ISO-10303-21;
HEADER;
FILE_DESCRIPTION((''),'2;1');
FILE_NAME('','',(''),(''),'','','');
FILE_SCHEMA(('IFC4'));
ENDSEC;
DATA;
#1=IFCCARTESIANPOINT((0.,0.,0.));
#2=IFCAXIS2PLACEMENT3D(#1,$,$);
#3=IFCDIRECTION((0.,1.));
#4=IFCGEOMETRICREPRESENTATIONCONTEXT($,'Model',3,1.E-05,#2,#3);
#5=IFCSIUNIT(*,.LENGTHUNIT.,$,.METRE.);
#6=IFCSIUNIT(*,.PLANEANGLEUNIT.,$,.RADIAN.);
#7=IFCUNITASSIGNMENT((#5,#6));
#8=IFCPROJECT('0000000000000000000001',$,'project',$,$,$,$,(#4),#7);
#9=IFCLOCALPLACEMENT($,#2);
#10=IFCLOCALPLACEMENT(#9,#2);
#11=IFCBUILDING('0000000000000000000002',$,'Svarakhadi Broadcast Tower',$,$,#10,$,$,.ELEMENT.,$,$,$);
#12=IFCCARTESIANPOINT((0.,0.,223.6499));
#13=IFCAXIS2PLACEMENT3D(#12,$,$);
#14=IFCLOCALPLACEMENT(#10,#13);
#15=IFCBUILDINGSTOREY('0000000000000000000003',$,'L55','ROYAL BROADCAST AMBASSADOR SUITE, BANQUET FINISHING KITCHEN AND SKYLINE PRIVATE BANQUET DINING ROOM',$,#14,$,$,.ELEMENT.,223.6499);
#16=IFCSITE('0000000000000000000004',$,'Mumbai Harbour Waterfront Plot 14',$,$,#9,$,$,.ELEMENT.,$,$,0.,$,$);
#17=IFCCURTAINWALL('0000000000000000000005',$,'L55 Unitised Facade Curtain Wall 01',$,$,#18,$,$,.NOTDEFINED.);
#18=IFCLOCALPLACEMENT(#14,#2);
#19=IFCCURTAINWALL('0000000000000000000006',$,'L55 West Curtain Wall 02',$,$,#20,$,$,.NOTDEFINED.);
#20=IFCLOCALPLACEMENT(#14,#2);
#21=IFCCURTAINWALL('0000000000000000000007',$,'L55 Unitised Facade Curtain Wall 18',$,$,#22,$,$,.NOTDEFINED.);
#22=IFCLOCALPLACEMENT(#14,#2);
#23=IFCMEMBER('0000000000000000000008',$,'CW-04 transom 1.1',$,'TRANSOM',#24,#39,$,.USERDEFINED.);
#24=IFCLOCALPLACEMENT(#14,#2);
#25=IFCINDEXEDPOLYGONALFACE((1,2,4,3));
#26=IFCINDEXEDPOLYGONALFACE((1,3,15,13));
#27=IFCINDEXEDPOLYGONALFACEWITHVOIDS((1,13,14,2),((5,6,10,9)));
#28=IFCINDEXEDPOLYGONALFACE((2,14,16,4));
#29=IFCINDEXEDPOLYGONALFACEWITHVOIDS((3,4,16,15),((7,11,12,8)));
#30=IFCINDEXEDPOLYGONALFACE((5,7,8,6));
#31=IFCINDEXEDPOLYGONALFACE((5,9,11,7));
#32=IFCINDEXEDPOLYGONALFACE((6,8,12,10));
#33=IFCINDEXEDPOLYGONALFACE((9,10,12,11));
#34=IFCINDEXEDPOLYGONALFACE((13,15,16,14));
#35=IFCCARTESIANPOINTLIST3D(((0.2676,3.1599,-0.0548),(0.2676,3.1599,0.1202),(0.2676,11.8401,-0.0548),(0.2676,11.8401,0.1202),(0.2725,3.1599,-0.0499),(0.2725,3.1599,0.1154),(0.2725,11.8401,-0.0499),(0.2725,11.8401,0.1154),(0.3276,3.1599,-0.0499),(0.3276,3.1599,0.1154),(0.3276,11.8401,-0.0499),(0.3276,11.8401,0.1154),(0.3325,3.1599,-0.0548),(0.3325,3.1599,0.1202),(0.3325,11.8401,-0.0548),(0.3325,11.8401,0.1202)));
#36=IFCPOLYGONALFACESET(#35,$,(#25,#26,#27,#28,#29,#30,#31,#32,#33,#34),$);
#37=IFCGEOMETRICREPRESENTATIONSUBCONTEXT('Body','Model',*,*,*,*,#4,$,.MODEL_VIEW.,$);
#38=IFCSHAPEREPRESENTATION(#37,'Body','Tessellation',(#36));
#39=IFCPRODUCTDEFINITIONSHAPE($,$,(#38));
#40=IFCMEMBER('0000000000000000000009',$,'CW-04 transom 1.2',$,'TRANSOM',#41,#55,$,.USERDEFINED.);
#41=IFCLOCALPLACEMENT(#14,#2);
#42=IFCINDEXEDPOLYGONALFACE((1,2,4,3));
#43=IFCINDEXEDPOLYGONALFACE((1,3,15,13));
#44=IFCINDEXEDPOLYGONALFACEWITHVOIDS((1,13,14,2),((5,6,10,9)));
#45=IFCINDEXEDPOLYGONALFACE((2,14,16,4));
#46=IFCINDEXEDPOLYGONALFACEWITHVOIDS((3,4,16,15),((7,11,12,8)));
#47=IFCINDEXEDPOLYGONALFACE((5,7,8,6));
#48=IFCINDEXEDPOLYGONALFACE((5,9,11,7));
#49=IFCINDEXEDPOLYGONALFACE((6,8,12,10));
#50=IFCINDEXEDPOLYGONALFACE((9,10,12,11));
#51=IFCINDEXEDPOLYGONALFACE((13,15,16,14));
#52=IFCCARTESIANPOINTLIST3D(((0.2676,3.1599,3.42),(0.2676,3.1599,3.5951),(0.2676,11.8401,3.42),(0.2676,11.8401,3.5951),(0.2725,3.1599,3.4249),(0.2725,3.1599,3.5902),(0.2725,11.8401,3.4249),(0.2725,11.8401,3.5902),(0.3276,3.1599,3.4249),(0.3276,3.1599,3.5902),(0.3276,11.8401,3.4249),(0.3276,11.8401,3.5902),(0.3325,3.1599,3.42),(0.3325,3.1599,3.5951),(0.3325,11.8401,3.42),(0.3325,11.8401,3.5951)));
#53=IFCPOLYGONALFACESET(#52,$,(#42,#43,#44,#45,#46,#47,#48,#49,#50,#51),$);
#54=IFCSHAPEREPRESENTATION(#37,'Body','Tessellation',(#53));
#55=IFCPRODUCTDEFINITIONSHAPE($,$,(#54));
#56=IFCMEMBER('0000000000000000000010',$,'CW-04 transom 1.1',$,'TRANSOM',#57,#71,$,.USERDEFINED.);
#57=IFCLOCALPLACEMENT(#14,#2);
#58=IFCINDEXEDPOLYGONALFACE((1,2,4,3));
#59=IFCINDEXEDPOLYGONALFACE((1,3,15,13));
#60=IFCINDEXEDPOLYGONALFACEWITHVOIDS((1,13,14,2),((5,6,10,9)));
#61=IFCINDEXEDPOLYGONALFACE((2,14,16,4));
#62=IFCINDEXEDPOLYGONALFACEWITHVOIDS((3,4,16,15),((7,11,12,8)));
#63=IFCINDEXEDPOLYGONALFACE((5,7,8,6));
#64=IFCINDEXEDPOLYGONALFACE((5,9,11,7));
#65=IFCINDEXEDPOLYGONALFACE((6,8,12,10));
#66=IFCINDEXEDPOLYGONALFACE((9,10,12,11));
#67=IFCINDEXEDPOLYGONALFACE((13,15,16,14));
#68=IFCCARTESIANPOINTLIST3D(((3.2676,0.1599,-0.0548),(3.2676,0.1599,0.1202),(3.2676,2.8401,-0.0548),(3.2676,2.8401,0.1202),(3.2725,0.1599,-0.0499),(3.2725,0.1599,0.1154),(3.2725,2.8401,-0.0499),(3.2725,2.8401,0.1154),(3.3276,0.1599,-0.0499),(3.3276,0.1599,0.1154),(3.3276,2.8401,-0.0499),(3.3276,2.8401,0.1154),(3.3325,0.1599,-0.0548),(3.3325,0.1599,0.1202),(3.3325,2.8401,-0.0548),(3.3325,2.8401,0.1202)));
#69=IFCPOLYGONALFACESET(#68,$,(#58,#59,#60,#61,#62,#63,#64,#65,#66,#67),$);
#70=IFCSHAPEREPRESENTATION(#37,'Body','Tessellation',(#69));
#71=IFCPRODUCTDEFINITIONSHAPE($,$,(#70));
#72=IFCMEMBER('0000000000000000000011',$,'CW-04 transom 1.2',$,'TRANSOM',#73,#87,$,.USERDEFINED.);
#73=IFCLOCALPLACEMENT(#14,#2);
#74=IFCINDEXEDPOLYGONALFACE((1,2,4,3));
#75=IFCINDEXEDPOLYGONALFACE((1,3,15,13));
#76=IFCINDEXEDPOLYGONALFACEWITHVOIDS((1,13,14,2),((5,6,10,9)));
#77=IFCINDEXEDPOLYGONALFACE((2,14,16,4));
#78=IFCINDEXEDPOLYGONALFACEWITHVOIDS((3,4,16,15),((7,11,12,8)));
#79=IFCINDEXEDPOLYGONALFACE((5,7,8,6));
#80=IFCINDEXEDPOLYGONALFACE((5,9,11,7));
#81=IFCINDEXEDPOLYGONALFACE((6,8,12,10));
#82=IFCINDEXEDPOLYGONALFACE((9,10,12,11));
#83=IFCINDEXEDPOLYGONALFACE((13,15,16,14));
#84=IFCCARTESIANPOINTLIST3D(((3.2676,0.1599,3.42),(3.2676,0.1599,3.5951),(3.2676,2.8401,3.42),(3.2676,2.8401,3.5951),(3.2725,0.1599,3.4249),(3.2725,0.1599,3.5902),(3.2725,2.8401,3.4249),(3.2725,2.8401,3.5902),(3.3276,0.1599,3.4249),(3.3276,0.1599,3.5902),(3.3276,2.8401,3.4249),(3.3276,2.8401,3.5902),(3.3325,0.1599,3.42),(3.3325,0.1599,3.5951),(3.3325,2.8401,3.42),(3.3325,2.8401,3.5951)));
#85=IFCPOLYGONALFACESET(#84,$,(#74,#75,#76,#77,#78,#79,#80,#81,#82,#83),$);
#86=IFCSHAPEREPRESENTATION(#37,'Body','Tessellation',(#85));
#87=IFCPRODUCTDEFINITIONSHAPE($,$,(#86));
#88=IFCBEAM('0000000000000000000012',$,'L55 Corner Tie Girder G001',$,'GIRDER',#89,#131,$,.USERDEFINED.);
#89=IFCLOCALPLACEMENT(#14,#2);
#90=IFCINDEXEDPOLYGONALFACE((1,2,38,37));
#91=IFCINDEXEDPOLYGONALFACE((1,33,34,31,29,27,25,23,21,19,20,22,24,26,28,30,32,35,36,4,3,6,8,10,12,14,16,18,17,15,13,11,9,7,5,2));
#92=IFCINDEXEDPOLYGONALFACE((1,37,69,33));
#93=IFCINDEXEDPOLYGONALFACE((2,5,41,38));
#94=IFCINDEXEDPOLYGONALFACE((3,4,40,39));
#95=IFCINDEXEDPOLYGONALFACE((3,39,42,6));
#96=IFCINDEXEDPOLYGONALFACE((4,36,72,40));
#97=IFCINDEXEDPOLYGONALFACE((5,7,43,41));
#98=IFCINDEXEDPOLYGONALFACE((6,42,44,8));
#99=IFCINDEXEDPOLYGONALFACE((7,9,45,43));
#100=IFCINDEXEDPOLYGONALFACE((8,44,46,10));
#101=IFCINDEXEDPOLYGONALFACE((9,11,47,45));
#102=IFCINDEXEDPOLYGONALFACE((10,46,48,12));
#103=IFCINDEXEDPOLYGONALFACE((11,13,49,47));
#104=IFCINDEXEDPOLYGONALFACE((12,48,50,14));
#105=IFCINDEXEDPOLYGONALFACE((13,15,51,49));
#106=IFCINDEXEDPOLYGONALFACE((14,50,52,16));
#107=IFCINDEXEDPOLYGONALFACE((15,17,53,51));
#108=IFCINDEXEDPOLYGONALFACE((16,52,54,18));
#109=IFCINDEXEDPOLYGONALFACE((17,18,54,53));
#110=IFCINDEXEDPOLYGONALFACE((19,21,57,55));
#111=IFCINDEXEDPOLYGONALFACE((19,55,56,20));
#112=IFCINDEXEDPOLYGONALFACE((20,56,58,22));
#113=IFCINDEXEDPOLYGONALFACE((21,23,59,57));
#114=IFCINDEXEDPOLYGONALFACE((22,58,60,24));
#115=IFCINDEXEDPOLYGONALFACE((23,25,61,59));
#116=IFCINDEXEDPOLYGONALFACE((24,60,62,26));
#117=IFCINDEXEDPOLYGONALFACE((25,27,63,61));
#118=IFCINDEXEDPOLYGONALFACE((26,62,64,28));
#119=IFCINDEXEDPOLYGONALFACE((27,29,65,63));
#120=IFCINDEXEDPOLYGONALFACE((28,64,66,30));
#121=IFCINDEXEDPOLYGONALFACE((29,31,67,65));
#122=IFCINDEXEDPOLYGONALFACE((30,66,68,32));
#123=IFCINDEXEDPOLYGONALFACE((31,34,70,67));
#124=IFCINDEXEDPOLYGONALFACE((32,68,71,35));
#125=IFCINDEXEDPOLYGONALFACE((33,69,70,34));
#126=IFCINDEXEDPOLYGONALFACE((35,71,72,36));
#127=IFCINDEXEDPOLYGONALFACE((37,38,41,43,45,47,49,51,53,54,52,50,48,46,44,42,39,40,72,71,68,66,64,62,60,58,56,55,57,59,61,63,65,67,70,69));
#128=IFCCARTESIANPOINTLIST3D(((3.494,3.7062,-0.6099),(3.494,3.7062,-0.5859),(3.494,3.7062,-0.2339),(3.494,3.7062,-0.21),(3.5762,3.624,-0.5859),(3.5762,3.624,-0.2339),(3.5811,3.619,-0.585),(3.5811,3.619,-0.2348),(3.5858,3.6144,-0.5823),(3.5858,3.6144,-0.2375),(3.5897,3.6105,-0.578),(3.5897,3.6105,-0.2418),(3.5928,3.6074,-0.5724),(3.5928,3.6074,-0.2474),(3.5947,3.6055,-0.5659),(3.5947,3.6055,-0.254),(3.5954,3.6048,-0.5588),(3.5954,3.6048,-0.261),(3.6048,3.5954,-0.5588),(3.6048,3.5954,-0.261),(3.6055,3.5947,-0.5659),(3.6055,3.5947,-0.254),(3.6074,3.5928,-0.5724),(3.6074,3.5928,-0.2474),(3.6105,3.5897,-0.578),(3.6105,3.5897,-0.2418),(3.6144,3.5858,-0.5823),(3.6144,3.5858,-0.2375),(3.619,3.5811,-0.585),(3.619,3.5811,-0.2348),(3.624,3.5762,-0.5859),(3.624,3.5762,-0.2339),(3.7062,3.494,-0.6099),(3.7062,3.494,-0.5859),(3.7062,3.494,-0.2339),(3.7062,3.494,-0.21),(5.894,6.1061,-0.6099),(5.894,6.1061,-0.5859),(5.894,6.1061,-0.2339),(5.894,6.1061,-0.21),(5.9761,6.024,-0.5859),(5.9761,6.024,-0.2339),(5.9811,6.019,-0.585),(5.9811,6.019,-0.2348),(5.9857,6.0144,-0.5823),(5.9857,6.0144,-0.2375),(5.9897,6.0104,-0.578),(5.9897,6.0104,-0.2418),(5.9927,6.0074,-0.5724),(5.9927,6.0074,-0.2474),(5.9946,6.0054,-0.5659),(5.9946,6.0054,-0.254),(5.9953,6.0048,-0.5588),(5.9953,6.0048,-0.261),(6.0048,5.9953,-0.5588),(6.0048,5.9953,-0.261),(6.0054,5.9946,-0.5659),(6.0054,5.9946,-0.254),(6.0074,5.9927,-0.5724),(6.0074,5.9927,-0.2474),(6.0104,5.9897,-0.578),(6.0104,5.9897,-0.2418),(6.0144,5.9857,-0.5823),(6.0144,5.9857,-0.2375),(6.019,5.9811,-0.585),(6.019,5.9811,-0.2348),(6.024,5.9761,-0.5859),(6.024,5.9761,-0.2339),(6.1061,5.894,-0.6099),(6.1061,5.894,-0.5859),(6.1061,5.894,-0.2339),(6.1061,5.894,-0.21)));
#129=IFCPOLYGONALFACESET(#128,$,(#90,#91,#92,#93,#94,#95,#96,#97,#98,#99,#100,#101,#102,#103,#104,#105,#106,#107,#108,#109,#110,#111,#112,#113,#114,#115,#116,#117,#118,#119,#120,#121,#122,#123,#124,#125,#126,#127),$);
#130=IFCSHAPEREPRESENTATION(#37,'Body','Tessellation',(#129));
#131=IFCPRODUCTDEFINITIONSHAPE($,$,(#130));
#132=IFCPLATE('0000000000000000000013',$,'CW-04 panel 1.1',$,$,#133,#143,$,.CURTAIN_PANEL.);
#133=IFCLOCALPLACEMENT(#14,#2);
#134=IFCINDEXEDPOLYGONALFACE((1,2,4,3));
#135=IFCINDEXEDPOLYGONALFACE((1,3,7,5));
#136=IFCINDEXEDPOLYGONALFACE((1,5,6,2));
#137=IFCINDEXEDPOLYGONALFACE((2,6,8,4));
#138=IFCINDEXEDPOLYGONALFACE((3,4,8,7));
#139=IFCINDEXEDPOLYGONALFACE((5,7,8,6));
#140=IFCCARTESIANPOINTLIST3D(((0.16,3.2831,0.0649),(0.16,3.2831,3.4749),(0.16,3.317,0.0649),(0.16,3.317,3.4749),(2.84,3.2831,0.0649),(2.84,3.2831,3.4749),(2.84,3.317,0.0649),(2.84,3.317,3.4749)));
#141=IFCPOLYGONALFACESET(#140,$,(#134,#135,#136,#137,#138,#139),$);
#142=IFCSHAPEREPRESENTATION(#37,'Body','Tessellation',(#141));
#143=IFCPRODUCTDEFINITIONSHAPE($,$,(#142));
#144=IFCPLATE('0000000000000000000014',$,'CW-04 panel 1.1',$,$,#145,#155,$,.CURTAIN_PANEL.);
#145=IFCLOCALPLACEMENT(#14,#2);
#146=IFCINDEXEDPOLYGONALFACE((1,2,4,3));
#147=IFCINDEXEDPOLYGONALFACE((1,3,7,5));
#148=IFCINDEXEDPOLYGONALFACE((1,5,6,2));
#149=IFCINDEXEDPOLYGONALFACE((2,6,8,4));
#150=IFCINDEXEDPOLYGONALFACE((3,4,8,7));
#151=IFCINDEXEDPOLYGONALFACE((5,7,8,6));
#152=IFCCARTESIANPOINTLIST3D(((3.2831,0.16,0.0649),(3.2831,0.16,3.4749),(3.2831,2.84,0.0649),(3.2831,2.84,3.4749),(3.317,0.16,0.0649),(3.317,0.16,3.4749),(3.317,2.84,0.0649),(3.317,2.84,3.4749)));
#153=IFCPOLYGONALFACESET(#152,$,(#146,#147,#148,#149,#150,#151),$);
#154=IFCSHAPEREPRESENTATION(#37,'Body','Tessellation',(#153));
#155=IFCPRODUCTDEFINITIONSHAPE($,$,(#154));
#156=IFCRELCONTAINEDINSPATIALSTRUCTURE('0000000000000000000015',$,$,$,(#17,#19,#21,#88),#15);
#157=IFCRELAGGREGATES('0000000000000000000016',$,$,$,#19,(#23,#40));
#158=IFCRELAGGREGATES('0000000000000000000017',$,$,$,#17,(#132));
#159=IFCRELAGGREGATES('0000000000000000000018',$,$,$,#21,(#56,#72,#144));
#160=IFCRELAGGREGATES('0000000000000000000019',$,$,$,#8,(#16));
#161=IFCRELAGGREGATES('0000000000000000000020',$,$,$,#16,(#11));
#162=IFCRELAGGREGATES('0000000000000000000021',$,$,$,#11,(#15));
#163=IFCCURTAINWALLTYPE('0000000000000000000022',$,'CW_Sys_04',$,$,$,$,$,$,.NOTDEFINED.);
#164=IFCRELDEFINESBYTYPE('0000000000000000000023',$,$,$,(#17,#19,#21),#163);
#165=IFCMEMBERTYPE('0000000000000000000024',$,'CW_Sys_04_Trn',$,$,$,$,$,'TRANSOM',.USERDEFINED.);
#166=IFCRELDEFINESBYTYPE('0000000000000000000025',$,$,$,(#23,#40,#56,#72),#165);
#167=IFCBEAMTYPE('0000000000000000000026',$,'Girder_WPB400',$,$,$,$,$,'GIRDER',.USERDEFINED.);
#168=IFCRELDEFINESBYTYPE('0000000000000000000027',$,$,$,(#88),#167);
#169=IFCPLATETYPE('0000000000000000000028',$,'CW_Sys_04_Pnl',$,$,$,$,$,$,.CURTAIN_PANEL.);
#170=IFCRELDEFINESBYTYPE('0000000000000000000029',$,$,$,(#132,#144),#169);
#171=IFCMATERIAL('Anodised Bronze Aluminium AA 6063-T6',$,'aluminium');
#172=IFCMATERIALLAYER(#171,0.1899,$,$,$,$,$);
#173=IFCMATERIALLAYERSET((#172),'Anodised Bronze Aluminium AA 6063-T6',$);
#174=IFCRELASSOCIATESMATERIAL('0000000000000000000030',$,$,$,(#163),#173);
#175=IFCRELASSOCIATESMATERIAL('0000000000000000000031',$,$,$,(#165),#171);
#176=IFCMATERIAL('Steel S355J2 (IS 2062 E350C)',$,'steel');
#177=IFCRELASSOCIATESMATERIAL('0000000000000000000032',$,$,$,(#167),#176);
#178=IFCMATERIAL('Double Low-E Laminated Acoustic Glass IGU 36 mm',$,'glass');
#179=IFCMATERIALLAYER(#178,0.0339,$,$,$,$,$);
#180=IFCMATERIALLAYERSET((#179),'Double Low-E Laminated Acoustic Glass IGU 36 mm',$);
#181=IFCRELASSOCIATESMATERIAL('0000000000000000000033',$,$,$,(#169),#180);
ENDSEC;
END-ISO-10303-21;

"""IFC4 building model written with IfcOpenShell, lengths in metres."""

from ifc_helpers import new_model, si_unit, direction, frame, origin, origin_2d, place, context, subcontext, project, spatial, rectangle, hollow_rectangle, i_section, extrude, material, layer, layer_set, material_profile, profile_set, type_object, element, aggregate, save


model = new_model("IFC4")

# Units and contexts
model_context = context("Model", 3, precision=1e-05, world=origin(), true_north=direction((0.0, 1.0)))
body_context = subcontext(model_context, "Body", "Model", "MODEL_VIEW")
ifc_project = project(units=[si_unit("LENGTHUNIT", "METRE"), si_unit("PLANEANGLEUNIT", "RADIAN")], contexts=[model_context])

# Site, building, storey
site_placement = place(None, origin())
site = spatial("IfcSite", under=ifc_project, at=site_placement, Name="Mumbai Harbour Waterfront Plot 14", CompositionType="ELEMENT", RefElevation=0.0)
building_placement = place(site_placement, origin())
building = spatial("IfcBuilding", under=site, at=building_placement, Name="Svarakhadi Broadcast Tower", CompositionType="ELEMENT")
storey_placement = place(building_placement, frame((0.0, 0.0, 223.6499)))
storey = spatial("IfcBuildingStorey", under=building, at=storey_placement, Name="L55", Description="ROYAL BROADCAST AMBASSADOR SUITE, BANQUET FINISHING KITCHEN AND SKYLINE PRIVATE BANQUET DINING ROOM", CompositionType="ELEMENT", Elevation=223.6499)

# Curtain wall
ifc_material_1 = material(Name="Anodised Bronze Aluminium AA 6063-T6", Category="aluminium")
ifc_layer_1 = layer(ifc_material_1, 0.1899)
ifc_layer_set_1 = layer_set([ifc_layer_1], Name="Anodised Bronze Aluminium AA 6063-T6")
curtain_wall_type = type_object("IfcCurtainWallType", Name="CW_Sys_04", PredefinedType="NOTDEFINED", material=ifc_layer_set_1)
curtain_wall_1_placement = place(storey_placement, origin())
curtain_wall_1 = element("IfcCurtainWall", 1, at=curtain_wall_1_placement, inside=storey, type_object=curtain_wall_type, Name="L55 Unitised Facade Curtain Wall 01", PredefinedType="NOTDEFINED")

# Curtain wall
curtain_wall_2_placement = place(storey_placement, origin())
curtain_wall_2 = element("IfcCurtainWall", 2, at=curtain_wall_2_placement, inside=storey, type_object=curtain_wall_type, Name="L55 West Curtain Wall 02", PredefinedType="NOTDEFINED")

# Curtain wall
curtain_wall_3_placement = place(storey_placement, origin())
curtain_wall_3 = element("IfcCurtainWall", 3, at=curtain_wall_3_placement, inside=storey, type_object=curtain_wall_type, Name="L55 Unitised Facade Curtain Wall 18", PredefinedType="NOTDEFINED")

# Members
ifc_material_profile_1 = material_profile(ifc_material_1, hollow_rectangle(XDim=0.0649, YDim=0.175, WallThickness=0.0049, at=origin_2d()), Name="ALU TRANSOM 175x65x5")
ifc_profile_set_1 = profile_set([ifc_material_profile_1], Name="Anodised Bronze Aluminium AA 6063-T6")
member_type_1 = type_object("IfcMemberType", Name="CW_Sys_04_Trn", ElementType="TRANSOM", PredefinedType="USERDEFINED", material=ifc_profile_set_1)
member_1_placement = place(storey_placement, frame((0.3, 3.1599, 0.0327), z_axis=(0.0, 1.0, 0.0), x_axis=(-1.0, 0.0, 0.0)))
member_1 = element("IfcMember", 4, at=member_1_placement, type_object=member_type_1, Name="CW-04 transom 1.1", ObjectType="TRANSOM", PredefinedType="USERDEFINED", context=body_context, shape_type="SweptSolid", body=[
    extrude(hollow_rectangle(XDim=0.0649, YDim=0.175, WallThickness=0.0049, at=origin_2d()), origin(), (0.0, 0.0, 1.0), 8.6802),
])
member_2_placement = place(storey_placement, frame((0.3, 3.1599, 3.5076), z_axis=(0.0, 1.0, 0.0), x_axis=(-1.0, 0.0, 0.0)))
member_2 = element("IfcMember", 5, at=member_2_placement, type_object=member_type_1, Name="CW-04 transom 1.2", ObjectType="TRANSOM", PredefinedType="USERDEFINED", context=body_context, shape_type="SweptSolid", body=[
    extrude(hollow_rectangle(XDim=0.0649, YDim=0.175, WallThickness=0.0049, at=origin_2d()), origin(), (0.0, 0.0, 1.0), 8.6802),
])
aggregate(curtain_wall_2, [member_1, member_2])
member_3_placement = place(storey_placement, frame((3.3, 0.1599, 0.0327), z_axis=(0.0, 1.0, 0.0), x_axis=(-1.0, 0.0, 0.0)))
member_3 = element("IfcMember", 6, at=member_3_placement, type_object=member_type_1, Name="CW-04 transom 1.1", ObjectType="TRANSOM", PredefinedType="USERDEFINED", context=body_context, shape_type="SweptSolid", body=[
    extrude(hollow_rectangle(XDim=0.0649, YDim=0.175, WallThickness=0.0049, at=origin_2d()), origin(), (0.0, 0.0, 1.0), 2.6802),
])
member_4_placement = place(storey_placement, frame((3.3, 0.1599, 3.5076), z_axis=(0.0, 1.0, 0.0), x_axis=(-1.0, 0.0, 0.0)))
member_4 = element("IfcMember", 7, at=member_4_placement, type_object=member_type_1, Name="CW-04 transom 1.2", ObjectType="TRANSOM", PredefinedType="USERDEFINED", context=body_context, shape_type="SweptSolid", body=[
    extrude(hollow_rectangle(XDim=0.0649, YDim=0.175, WallThickness=0.0049, at=origin_2d()), origin(), (0.0, 0.0, 1.0), 2.6802),
])

# Beam
ifc_material_2 = material(Name="Steel S355J2 (IS 2062 E350C)", Category="steel")
ifc_material_profile_2 = material_profile(ifc_material_2, i_section(OverallWidth=0.3, OverallDepth=0.3999, WebThickness=0.0134, FlangeThickness=0.0239, FilletRadius=0.0271, at=origin_2d()), Name="WPB 400x300x155")
ifc_profile_set_2 = profile_set([ifc_material_profile_2], Name="Steel S355J2 (IS 2062 E350C)")
beam_type = type_object("IfcBeamType", Name="Girder_WPB400", ElementType="GIRDER", PredefinedType="USERDEFINED", material=ifc_profile_set_2)
beam_placement = place(storey_placement, frame((3.6001, 3.6001, -0.4099), z_axis=(0.707107, 0.707107, 0.0), x_axis=(-0.707107, 0.707107, 0.0)))
element("IfcBeam", 8, at=beam_placement, inside=storey, type_object=beam_type, Name="L55 Corner Tie Girder G001", ObjectType="GIRDER", PredefinedType="USERDEFINED", context=body_context, shape_type="SweptSolid", body=[
    extrude(i_section(OverallWidth=0.3, OverallDepth=0.3999, WebThickness=0.0134, FlangeThickness=0.0239, FilletRadius=0.0271, at=origin_2d()), origin(), (0.0, 0.0, 1.0), 3.394),
])

# Plates
ifc_material_3 = material(Name="Double Low-E Laminated Acoustic Glass IGU 36 mm", Category="glass")
ifc_layer_2 = layer(ifc_material_3, 0.0339)
ifc_layer_set_2 = layer_set([ifc_layer_2], Name="Double Low-E Laminated Acoustic Glass IGU 36 mm")
plate_type = type_object("IfcPlateType", Name="CW_Sys_04_Pnl", PredefinedType="CURTAIN_PANEL", material=ifc_layer_set_2)
plate_1_placement = place(storey_placement, frame((1.5, 3.3, 0.0649), z_axis=(0.0, 0.0, 1.0), x_axis=(-1.0, 0.0, 0.0)))
plate_1 = element("IfcPlate", 9, at=plate_1_placement, type_object=plate_type, Name="CW-04 panel 1.1", PredefinedType="CURTAIN_PANEL", context=body_context, shape_type="SweptSolid", body=[
    extrude(rectangle(XDim=2.6799, YDim=0.0339, at=origin_2d()), origin(), (0.0, 0.0, 1.0), 3.4099),
])
aggregate(curtain_wall_1, [plate_1])
plate_2_placement = place(storey_placement, frame((3.3, 1.5, 0.0649), z_axis=(0.0, 0.0, 1.0), x_axis=(0.0, 1.0, 0.0)))
plate_2 = element("IfcPlate", 10, at=plate_2_placement, type_object=plate_type, Name="CW-04 panel 1.1", PredefinedType="CURTAIN_PANEL", context=body_context, shape_type="SweptSolid", body=[
    extrude(rectangle(XDim=2.6799, YDim=0.0339, at=origin_2d()), origin(), (0.0, 0.0, 1.0), 3.4099),
])
aggregate(curtain_wall_3, [member_3, member_4, plate_2])

save(model, "model.ifc")
